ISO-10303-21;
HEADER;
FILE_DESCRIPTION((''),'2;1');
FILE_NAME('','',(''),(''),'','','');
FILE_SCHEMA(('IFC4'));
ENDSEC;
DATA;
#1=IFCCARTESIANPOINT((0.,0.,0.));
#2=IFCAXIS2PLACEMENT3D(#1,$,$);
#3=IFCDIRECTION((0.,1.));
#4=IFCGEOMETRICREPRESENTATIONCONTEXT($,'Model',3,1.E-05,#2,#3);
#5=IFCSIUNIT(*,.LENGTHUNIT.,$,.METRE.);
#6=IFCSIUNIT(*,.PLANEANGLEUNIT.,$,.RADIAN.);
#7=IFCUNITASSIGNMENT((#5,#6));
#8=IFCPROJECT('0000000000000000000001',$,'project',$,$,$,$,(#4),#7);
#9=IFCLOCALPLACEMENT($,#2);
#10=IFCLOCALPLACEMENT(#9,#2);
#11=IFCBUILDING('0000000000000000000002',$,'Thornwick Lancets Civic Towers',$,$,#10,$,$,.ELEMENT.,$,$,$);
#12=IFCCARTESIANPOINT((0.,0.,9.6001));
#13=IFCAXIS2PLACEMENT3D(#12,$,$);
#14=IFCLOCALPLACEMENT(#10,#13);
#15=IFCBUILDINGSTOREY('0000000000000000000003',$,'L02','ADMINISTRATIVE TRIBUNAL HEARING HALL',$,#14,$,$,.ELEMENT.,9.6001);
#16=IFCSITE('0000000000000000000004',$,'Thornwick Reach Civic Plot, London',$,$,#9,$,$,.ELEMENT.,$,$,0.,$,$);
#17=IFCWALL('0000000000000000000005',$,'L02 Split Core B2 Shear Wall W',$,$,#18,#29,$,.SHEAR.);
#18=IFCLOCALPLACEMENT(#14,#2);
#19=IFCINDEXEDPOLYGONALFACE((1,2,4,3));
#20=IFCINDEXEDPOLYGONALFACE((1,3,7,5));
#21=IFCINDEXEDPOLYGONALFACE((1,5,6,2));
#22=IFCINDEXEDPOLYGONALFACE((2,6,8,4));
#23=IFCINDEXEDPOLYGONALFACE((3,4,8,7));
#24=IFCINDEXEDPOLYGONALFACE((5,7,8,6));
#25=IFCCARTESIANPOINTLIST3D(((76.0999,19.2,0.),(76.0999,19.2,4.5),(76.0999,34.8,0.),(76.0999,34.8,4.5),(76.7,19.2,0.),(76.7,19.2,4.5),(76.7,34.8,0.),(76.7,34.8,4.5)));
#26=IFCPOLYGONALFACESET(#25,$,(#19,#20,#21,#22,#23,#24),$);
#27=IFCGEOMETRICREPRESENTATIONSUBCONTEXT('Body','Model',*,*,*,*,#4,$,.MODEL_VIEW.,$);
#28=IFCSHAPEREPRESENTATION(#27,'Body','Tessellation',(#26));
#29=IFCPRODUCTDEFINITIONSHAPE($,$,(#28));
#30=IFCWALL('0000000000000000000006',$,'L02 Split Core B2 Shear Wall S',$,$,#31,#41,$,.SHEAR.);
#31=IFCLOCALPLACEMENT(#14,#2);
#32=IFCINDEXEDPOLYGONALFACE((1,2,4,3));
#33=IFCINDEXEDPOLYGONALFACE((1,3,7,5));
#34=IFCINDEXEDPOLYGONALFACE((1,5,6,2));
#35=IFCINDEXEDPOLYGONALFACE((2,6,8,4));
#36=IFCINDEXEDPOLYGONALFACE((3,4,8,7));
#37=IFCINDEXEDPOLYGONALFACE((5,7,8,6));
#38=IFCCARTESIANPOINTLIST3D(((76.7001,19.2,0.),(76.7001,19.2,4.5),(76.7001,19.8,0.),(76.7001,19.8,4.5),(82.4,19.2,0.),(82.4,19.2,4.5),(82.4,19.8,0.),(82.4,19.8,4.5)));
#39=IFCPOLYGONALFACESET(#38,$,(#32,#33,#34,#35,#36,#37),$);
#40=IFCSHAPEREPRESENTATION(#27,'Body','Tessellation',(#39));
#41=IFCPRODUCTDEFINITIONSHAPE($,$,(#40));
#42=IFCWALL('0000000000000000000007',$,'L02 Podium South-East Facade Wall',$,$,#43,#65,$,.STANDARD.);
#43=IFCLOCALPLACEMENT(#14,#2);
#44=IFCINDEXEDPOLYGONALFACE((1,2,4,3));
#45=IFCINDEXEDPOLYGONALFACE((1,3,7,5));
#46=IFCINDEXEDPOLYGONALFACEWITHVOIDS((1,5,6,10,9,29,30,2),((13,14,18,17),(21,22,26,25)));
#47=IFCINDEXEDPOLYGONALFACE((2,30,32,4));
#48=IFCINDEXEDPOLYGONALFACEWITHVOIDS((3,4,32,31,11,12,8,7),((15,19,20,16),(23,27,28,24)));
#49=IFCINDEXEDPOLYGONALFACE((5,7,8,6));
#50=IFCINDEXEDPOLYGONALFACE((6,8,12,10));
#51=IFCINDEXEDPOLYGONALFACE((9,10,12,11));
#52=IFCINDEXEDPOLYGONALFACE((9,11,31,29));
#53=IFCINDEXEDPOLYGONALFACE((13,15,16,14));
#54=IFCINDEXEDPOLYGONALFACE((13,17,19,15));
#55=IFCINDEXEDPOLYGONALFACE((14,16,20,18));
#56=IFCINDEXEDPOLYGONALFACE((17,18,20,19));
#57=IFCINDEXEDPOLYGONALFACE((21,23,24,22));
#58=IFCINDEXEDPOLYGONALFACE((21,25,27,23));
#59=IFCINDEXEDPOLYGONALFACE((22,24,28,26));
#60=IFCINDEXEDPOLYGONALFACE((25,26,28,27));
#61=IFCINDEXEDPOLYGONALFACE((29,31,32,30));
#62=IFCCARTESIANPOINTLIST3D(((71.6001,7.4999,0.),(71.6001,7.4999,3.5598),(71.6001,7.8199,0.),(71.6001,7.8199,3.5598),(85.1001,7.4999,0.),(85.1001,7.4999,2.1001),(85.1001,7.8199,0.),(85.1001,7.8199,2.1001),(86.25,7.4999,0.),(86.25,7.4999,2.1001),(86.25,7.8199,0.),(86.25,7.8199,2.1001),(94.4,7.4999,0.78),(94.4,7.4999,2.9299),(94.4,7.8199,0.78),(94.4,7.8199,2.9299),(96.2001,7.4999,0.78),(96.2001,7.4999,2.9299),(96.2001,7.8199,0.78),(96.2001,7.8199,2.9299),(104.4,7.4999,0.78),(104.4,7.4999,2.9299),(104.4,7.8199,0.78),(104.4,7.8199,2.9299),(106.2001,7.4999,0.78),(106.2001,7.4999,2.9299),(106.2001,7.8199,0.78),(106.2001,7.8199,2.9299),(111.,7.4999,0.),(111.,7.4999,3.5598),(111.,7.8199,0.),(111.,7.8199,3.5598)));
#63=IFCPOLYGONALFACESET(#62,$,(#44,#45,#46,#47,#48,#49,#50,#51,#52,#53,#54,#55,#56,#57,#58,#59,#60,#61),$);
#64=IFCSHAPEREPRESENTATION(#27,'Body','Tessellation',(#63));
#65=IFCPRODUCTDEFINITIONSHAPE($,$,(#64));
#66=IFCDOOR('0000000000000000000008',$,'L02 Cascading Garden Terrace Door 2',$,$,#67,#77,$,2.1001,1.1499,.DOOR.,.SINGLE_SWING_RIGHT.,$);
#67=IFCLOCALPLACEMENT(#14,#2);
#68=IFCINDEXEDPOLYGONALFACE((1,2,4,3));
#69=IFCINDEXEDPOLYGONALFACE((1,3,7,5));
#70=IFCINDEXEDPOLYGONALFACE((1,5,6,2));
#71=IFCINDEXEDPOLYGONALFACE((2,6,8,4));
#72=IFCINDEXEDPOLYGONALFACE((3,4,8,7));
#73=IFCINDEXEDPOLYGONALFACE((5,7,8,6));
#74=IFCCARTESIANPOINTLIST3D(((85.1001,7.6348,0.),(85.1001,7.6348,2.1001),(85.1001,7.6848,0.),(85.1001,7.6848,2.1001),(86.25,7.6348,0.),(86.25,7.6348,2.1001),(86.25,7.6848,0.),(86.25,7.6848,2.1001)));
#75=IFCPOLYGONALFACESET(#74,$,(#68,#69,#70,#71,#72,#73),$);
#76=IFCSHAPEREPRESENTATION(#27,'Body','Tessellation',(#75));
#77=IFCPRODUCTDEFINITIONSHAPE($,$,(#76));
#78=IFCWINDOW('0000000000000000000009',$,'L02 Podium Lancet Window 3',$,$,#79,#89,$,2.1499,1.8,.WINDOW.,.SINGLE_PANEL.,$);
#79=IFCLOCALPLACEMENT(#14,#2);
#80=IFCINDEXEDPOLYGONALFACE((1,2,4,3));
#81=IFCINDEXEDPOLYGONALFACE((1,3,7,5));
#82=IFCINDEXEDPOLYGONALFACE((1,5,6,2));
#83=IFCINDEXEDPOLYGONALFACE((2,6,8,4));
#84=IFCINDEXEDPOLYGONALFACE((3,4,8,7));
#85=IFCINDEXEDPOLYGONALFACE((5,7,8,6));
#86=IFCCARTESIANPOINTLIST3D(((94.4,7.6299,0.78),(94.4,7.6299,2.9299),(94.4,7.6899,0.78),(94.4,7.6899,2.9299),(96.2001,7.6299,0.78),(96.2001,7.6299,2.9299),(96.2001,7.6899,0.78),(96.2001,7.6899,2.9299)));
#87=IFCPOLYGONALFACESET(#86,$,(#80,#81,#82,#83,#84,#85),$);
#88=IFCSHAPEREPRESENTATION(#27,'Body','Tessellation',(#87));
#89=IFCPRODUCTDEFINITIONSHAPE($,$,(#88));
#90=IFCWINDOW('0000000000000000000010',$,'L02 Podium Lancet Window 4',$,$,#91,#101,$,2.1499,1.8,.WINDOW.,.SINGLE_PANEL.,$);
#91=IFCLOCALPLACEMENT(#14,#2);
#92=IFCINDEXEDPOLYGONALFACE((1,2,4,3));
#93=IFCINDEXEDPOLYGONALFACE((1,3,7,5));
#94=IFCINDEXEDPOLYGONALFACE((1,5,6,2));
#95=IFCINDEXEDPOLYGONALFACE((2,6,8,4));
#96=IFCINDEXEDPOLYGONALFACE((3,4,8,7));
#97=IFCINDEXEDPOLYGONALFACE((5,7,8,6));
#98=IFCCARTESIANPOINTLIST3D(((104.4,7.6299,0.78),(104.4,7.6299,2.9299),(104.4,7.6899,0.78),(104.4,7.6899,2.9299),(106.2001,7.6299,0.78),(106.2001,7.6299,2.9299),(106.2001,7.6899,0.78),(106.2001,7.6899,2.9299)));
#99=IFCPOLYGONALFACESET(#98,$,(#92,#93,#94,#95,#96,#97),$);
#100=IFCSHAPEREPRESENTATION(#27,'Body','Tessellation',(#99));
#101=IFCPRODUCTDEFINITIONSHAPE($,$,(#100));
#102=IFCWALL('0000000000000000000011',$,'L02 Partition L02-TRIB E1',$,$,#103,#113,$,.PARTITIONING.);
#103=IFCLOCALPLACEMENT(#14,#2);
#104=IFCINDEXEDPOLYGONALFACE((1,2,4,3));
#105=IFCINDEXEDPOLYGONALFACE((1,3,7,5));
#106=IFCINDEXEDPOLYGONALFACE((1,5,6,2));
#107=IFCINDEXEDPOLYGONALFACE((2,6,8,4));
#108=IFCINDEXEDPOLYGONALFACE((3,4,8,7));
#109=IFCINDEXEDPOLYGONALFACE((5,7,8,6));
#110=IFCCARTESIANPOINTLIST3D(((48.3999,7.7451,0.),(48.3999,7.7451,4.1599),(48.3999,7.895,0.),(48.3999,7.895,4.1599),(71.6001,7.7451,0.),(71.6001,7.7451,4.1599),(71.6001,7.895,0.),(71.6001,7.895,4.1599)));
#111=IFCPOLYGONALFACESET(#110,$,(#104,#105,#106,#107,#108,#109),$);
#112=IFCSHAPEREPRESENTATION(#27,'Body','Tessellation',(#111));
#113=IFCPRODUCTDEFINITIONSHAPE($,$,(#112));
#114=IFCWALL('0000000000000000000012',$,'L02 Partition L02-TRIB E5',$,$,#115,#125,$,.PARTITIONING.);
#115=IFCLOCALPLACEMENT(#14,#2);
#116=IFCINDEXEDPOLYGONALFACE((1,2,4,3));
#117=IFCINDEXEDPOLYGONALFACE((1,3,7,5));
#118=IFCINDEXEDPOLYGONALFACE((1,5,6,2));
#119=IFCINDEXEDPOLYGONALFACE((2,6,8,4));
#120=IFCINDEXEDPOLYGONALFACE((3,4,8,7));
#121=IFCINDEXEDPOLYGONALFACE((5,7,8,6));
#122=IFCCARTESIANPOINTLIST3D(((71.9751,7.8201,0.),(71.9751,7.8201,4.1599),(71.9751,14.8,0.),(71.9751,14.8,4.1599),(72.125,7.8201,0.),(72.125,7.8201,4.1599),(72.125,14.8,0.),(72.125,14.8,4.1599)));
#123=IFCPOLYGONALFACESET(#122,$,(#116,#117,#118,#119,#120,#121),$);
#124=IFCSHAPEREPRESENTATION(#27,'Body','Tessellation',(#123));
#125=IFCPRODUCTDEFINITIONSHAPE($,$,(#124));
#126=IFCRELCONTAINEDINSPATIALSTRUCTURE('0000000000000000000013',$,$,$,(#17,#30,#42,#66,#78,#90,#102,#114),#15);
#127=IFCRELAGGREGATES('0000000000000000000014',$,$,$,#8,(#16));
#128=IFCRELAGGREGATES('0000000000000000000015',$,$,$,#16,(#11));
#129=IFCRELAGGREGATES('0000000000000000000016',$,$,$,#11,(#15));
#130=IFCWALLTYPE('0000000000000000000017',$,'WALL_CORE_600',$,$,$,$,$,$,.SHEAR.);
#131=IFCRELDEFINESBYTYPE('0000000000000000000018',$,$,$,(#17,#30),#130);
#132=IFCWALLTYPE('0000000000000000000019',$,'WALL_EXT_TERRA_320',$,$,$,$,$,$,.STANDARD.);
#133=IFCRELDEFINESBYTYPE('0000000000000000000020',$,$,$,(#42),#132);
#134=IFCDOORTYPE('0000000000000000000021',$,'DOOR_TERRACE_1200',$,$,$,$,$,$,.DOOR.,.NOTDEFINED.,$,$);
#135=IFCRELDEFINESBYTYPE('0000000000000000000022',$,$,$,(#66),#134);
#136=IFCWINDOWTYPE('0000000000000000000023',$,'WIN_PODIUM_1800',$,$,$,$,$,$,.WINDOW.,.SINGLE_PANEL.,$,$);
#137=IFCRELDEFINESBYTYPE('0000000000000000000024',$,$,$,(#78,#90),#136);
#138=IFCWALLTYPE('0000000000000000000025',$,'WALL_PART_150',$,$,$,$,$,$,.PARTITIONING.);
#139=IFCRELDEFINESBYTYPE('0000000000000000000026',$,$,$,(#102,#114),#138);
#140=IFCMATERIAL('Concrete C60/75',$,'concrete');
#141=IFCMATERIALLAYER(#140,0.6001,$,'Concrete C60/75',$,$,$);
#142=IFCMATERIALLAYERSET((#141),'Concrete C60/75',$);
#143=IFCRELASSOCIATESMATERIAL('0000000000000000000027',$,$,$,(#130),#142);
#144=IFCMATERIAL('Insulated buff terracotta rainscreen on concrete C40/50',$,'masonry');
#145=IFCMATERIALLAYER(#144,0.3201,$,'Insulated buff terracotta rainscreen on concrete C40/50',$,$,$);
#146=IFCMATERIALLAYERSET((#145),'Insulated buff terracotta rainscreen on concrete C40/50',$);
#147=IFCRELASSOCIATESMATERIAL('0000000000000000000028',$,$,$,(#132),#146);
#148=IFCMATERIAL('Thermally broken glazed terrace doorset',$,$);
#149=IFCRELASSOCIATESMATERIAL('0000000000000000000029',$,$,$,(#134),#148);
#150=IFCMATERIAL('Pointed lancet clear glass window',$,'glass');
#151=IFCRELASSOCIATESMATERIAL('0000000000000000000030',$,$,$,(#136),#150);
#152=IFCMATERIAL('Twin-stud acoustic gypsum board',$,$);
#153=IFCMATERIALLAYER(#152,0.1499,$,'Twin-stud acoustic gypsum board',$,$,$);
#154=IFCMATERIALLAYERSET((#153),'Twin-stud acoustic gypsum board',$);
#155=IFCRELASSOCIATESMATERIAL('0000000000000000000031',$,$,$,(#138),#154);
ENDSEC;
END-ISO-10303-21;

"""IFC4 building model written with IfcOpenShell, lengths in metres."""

from ifc_helpers import new_model, si_unit, direction, frame, frame_2d, origin, place, context, subcontext, project, spatial, rectangle, extrude, material, layer, layer_set, type_object, element, fill, save


model = new_model("IFC4")

# Units and contexts
model_context = context("Model", 3, precision=1e-05, world=origin(), true_north=direction((0.0, 1.0)))
body_context = subcontext(model_context, "Body", "Model", "MODEL_VIEW")
ifc_project = project(units=[si_unit("LENGTHUNIT", "METRE"), si_unit("PLANEANGLEUNIT", "RADIAN")], contexts=[model_context])

# Site, building, storey
site_placement = place(None, origin())
site = spatial("IfcSite", under=ifc_project, at=site_placement, Name="Thornwick Reach Civic Plot, London", CompositionType="ELEMENT", RefElevation=0.0)
building_placement = place(site_placement, origin())
building = spatial("IfcBuilding", under=site, at=building_placement, Name="Thornwick Lancets Civic Towers", CompositionType="ELEMENT")
storey_placement = place(building_placement, frame((0.0, 0.0, 9.6001)))
storey = spatial("IfcBuildingStorey", under=building, at=storey_placement, Name="L02", Description="ADMINISTRATIVE TRIBUNAL HEARING HALL", CompositionType="ELEMENT", Elevation=9.6001)

# Shared definitions
ifc_material_1 = material(Name="Concrete C60/75", Category="concrete")

# Walls
ifc_layer_1 = layer(ifc_material_1, 0.6001, Name="Concrete C60/75")
ifc_layer_set_1 = layer_set([ifc_layer_1], Name="Concrete C60/75")
wall_type_1 = type_object("IfcWallType", Name="WALL_CORE_600", PredefinedType="SHEAR", material=ifc_layer_set_1)
wall_1_placement = place(storey_placement, frame((76.3999, 19.2, 0.0), z_axis=(0.0, 0.0, 1.0), x_axis=(0.0, 1.0, 0.0)))
element("IfcWall", 1, at=wall_1_placement, inside=storey, type_object=wall_type_1, Name="L02 Split Core B2 Shear Wall W", PredefinedType="SHEAR", context=body_context, shape_type="SweptSolid", body=[
    extrude(rectangle(XDim=15.6001, YDim=0.6001, at=frame_2d((7.8, 0.0))), origin(), (0.0, 0.0, 1.0), 4.5),
])
wall_2_placement = place(storey_placement, frame((76.7, 19.5, 0.0), z_axis=(0.0, 0.0, 1.0), x_axis=(1.0, 0.0, 0.0)))
element("IfcWall", 2, at=wall_2_placement, inside=storey, type_object=wall_type_1, Name="L02 Split Core B2 Shear Wall S", PredefinedType="SHEAR", context=body_context, shape_type="SweptSolid", body=[
    extrude(rectangle(XDim=5.7, YDim=0.6001, at=frame_2d((2.8501, 0.0))), origin(), (0.0, 0.0, 1.0), 4.5),
])

# Wall, openings, door, windows
ifc_material_2 = material(Name="Insulated buff terracotta rainscreen on concrete C40/50", Category="masonry")
ifc_layer_2 = layer(ifc_material_2, 0.3201, Name="Insulated buff terracotta rainscreen on concrete C40/50")
ifc_layer_set_2 = layer_set([ifc_layer_2], Name="Insulated buff terracotta rainscreen on concrete C40/50")
wall_type_2 = type_object("IfcWallType", Name="WALL_EXT_TERRA_320", PredefinedType="STANDARD", material=ifc_layer_set_2)
wall_3_placement = place(storey_placement, frame((71.6001, 7.6599, 0.0), z_axis=(0.0, 0.0, 1.0), x_axis=(1.0, 0.0, 0.0)))
wall_3 = element("IfcWall", 3, at=wall_3_placement, inside=storey, type_object=wall_type_2, Name="L02 Podium South-East Facade Wall", PredefinedType="STANDARD", context=body_context, shape_type="SweptSolid", body=[
    extrude(rectangle(XDim=39.3999, YDim=0.3201, at=frame_2d((19.7, 0.0))), origin(), (0.0, 0.0, 1.0), 3.5598),
])
opening_1_placement = place(wall_3_placement, frame((13.5, 0.0, 0.0)))
opening_1 = element("IfcOpeningElement", 4, at=opening_1_placement, cuts=wall_3, PredefinedType="OPENING", context=body_context, shape_type="SweptSolid", body=[
    extrude(rectangle(XDim=1.1499, YDim=2.1001, at=frame_2d((0.575, 1.05))), frame((0.0, 0.1699, 0.0), z_axis=(0.0, -1.0, 0.0), x_axis=(1.0, 0.0, 0.0)), (0.0, 0.0, 1.0), 0.3401),
])
opening_2_placement = place(wall_3_placement, frame((22.8, 0.0, 0.78)))
opening_2 = element("IfcOpeningElement", 5, at=opening_2_placement, cuts=wall_3, PredefinedType="OPENING", context=body_context, shape_type="SweptSolid", body=[
    extrude(rectangle(XDim=1.8, YDim=2.1499, at=frame_2d((0.8999, 1.075))), frame((0.0, 0.1699, 0.0), z_axis=(0.0, -1.0, 0.0), x_axis=(1.0, 0.0, 0.0)), (0.0, 0.0, 1.0), 0.3401),
])
opening_3_placement = place(wall_3_placement, frame((32.8, 0.0, 0.78)))
opening_3 = element("IfcOpeningElement", 6, at=opening_3_placement, cuts=wall_3, PredefinedType="OPENING", context=body_context, shape_type="SweptSolid", body=[
    extrude(rectangle(XDim=1.8, YDim=2.1499, at=frame_2d((0.8999, 1.075))), frame((0.0, 0.1699, 0.0), z_axis=(0.0, -1.0, 0.0), x_axis=(1.0, 0.0, 0.0)), (0.0, 0.0, 1.0), 0.3401),
])
ifc_material_3 = material(Name="Thermally broken glazed terrace doorset")
door_type = type_object("IfcDoorType", Name="DOOR_TERRACE_1200", OperationType="NOTDEFINED", PredefinedType="DOOR", material=ifc_material_3)
door_placement = place(opening_1_placement, origin())
door = element("IfcDoor", 7, at=door_placement, inside=storey, type_object=door_type, Name="L02 Cascading Garden Terrace Door 2", OperationType="SINGLE_SWING_RIGHT", OverallHeight=2.1001, OverallWidth=1.1499, PredefinedType="DOOR", context=body_context, shape_type="SweptSolid", body=[
    extrude(rectangle(XDim=1.1499, YDim=2.1001, at=frame_2d((0.575, 1.05))), frame((0.0, 0.0249, 0.0), z_axis=(0.0, -1.0, 0.0), x_axis=(1.0, 0.0, 0.0)), (0.0, 0.0, 1.0), 0.05),
])
fill(opening_1, door)
ifc_material_4 = material(Name="Pointed lancet clear glass window", Category="glass")
window_type = type_object("IfcWindowType", Name="WIN_PODIUM_1800", PartitioningType="SINGLE_PANEL", PredefinedType="WINDOW", material=ifc_material_4)
window_1_placement = place(opening_2_placement, origin())
window_1 = element("IfcWindow", 8, at=window_1_placement, inside=storey, type_object=window_type, Name="L02 Podium Lancet Window 3", OverallHeight=2.1499, OverallWidth=1.8, PartitioningType="SINGLE_PANEL", PredefinedType="WINDOW", context=body_context, shape_type="SweptSolid", body=[
    extrude(rectangle(XDim=1.8, YDim=2.1499, at=frame_2d((0.8999, 1.075))), frame((0.0, 0.03, 0.0), z_axis=(0.0, -1.0, 0.0), x_axis=(1.0, 0.0, 0.0)), (0.0, 0.0, 1.0), 0.0601),
])
fill(opening_2, window_1)
window_2_placement = place(opening_3_placement, origin())
window_2 = element("IfcWindow", 9, at=window_2_placement, inside=storey, type_object=window_type, Name="L02 Podium Lancet Window 4", OverallHeight=2.1499, OverallWidth=1.8, PartitioningType="SINGLE_PANEL", PredefinedType="WINDOW", context=body_context, shape_type="SweptSolid", body=[
    extrude(rectangle(XDim=1.8, YDim=2.1499, at=frame_2d((0.8999, 1.075))), frame((0.0, 0.03, 0.0), z_axis=(0.0, -1.0, 0.0), x_axis=(1.0, 0.0, 0.0)), (0.0, 0.0, 1.0), 0.0601),
])
fill(opening_3, window_2)

# Walls
ifc_material_5 = material(Name="Twin-stud acoustic gypsum board")
ifc_layer_3 = layer(ifc_material_5, 0.1499, Name="Twin-stud acoustic gypsum board")
ifc_layer_set_3 = layer_set([ifc_layer_3], Name="Twin-stud acoustic gypsum board")
wall_type_3 = type_object("IfcWallType", Name="WALL_PART_150", PredefinedType="PARTITIONING", material=ifc_layer_set_3)
wall_4_placement = place(storey_placement, frame((71.6001, 7.8201, 0.0), z_axis=(0.0, 0.0, 1.0), x_axis=(-1.0, 0.0, 0.0)))
element("IfcWall", 10, at=wall_4_placement, inside=storey, type_object=wall_type_3, Name="L02 Partition L02-TRIB E1", PredefinedType="PARTITIONING", context=body_context, shape_type="SweptSolid", body=[
    extrude(rectangle(XDim=23.2002, YDim=0.1499, at=frame_2d((11.6001, 0.0))), origin(), (0.0, 0.0, 1.0), 4.1599),
])
wall_5_placement = place(storey_placement, frame((72.05, 14.8, 0.0), z_axis=(0.0, 0.0, 1.0), x_axis=(0.0, -1.0, 0.0)))
element("IfcWall", 11, at=wall_5_placement, inside=storey, type_object=wall_type_3, Name="L02 Partition L02-TRIB E5", PredefinedType="PARTITIONING", context=body_context, shape_type="SweptSolid", body=[
    extrude(rectangle(XDim=6.98, YDim=0.1499, at=frame_2d((3.49, 0.0))), origin(), (0.0, 0.0, 1.0), 4.1599),
])

save(model, "model.ifc")
